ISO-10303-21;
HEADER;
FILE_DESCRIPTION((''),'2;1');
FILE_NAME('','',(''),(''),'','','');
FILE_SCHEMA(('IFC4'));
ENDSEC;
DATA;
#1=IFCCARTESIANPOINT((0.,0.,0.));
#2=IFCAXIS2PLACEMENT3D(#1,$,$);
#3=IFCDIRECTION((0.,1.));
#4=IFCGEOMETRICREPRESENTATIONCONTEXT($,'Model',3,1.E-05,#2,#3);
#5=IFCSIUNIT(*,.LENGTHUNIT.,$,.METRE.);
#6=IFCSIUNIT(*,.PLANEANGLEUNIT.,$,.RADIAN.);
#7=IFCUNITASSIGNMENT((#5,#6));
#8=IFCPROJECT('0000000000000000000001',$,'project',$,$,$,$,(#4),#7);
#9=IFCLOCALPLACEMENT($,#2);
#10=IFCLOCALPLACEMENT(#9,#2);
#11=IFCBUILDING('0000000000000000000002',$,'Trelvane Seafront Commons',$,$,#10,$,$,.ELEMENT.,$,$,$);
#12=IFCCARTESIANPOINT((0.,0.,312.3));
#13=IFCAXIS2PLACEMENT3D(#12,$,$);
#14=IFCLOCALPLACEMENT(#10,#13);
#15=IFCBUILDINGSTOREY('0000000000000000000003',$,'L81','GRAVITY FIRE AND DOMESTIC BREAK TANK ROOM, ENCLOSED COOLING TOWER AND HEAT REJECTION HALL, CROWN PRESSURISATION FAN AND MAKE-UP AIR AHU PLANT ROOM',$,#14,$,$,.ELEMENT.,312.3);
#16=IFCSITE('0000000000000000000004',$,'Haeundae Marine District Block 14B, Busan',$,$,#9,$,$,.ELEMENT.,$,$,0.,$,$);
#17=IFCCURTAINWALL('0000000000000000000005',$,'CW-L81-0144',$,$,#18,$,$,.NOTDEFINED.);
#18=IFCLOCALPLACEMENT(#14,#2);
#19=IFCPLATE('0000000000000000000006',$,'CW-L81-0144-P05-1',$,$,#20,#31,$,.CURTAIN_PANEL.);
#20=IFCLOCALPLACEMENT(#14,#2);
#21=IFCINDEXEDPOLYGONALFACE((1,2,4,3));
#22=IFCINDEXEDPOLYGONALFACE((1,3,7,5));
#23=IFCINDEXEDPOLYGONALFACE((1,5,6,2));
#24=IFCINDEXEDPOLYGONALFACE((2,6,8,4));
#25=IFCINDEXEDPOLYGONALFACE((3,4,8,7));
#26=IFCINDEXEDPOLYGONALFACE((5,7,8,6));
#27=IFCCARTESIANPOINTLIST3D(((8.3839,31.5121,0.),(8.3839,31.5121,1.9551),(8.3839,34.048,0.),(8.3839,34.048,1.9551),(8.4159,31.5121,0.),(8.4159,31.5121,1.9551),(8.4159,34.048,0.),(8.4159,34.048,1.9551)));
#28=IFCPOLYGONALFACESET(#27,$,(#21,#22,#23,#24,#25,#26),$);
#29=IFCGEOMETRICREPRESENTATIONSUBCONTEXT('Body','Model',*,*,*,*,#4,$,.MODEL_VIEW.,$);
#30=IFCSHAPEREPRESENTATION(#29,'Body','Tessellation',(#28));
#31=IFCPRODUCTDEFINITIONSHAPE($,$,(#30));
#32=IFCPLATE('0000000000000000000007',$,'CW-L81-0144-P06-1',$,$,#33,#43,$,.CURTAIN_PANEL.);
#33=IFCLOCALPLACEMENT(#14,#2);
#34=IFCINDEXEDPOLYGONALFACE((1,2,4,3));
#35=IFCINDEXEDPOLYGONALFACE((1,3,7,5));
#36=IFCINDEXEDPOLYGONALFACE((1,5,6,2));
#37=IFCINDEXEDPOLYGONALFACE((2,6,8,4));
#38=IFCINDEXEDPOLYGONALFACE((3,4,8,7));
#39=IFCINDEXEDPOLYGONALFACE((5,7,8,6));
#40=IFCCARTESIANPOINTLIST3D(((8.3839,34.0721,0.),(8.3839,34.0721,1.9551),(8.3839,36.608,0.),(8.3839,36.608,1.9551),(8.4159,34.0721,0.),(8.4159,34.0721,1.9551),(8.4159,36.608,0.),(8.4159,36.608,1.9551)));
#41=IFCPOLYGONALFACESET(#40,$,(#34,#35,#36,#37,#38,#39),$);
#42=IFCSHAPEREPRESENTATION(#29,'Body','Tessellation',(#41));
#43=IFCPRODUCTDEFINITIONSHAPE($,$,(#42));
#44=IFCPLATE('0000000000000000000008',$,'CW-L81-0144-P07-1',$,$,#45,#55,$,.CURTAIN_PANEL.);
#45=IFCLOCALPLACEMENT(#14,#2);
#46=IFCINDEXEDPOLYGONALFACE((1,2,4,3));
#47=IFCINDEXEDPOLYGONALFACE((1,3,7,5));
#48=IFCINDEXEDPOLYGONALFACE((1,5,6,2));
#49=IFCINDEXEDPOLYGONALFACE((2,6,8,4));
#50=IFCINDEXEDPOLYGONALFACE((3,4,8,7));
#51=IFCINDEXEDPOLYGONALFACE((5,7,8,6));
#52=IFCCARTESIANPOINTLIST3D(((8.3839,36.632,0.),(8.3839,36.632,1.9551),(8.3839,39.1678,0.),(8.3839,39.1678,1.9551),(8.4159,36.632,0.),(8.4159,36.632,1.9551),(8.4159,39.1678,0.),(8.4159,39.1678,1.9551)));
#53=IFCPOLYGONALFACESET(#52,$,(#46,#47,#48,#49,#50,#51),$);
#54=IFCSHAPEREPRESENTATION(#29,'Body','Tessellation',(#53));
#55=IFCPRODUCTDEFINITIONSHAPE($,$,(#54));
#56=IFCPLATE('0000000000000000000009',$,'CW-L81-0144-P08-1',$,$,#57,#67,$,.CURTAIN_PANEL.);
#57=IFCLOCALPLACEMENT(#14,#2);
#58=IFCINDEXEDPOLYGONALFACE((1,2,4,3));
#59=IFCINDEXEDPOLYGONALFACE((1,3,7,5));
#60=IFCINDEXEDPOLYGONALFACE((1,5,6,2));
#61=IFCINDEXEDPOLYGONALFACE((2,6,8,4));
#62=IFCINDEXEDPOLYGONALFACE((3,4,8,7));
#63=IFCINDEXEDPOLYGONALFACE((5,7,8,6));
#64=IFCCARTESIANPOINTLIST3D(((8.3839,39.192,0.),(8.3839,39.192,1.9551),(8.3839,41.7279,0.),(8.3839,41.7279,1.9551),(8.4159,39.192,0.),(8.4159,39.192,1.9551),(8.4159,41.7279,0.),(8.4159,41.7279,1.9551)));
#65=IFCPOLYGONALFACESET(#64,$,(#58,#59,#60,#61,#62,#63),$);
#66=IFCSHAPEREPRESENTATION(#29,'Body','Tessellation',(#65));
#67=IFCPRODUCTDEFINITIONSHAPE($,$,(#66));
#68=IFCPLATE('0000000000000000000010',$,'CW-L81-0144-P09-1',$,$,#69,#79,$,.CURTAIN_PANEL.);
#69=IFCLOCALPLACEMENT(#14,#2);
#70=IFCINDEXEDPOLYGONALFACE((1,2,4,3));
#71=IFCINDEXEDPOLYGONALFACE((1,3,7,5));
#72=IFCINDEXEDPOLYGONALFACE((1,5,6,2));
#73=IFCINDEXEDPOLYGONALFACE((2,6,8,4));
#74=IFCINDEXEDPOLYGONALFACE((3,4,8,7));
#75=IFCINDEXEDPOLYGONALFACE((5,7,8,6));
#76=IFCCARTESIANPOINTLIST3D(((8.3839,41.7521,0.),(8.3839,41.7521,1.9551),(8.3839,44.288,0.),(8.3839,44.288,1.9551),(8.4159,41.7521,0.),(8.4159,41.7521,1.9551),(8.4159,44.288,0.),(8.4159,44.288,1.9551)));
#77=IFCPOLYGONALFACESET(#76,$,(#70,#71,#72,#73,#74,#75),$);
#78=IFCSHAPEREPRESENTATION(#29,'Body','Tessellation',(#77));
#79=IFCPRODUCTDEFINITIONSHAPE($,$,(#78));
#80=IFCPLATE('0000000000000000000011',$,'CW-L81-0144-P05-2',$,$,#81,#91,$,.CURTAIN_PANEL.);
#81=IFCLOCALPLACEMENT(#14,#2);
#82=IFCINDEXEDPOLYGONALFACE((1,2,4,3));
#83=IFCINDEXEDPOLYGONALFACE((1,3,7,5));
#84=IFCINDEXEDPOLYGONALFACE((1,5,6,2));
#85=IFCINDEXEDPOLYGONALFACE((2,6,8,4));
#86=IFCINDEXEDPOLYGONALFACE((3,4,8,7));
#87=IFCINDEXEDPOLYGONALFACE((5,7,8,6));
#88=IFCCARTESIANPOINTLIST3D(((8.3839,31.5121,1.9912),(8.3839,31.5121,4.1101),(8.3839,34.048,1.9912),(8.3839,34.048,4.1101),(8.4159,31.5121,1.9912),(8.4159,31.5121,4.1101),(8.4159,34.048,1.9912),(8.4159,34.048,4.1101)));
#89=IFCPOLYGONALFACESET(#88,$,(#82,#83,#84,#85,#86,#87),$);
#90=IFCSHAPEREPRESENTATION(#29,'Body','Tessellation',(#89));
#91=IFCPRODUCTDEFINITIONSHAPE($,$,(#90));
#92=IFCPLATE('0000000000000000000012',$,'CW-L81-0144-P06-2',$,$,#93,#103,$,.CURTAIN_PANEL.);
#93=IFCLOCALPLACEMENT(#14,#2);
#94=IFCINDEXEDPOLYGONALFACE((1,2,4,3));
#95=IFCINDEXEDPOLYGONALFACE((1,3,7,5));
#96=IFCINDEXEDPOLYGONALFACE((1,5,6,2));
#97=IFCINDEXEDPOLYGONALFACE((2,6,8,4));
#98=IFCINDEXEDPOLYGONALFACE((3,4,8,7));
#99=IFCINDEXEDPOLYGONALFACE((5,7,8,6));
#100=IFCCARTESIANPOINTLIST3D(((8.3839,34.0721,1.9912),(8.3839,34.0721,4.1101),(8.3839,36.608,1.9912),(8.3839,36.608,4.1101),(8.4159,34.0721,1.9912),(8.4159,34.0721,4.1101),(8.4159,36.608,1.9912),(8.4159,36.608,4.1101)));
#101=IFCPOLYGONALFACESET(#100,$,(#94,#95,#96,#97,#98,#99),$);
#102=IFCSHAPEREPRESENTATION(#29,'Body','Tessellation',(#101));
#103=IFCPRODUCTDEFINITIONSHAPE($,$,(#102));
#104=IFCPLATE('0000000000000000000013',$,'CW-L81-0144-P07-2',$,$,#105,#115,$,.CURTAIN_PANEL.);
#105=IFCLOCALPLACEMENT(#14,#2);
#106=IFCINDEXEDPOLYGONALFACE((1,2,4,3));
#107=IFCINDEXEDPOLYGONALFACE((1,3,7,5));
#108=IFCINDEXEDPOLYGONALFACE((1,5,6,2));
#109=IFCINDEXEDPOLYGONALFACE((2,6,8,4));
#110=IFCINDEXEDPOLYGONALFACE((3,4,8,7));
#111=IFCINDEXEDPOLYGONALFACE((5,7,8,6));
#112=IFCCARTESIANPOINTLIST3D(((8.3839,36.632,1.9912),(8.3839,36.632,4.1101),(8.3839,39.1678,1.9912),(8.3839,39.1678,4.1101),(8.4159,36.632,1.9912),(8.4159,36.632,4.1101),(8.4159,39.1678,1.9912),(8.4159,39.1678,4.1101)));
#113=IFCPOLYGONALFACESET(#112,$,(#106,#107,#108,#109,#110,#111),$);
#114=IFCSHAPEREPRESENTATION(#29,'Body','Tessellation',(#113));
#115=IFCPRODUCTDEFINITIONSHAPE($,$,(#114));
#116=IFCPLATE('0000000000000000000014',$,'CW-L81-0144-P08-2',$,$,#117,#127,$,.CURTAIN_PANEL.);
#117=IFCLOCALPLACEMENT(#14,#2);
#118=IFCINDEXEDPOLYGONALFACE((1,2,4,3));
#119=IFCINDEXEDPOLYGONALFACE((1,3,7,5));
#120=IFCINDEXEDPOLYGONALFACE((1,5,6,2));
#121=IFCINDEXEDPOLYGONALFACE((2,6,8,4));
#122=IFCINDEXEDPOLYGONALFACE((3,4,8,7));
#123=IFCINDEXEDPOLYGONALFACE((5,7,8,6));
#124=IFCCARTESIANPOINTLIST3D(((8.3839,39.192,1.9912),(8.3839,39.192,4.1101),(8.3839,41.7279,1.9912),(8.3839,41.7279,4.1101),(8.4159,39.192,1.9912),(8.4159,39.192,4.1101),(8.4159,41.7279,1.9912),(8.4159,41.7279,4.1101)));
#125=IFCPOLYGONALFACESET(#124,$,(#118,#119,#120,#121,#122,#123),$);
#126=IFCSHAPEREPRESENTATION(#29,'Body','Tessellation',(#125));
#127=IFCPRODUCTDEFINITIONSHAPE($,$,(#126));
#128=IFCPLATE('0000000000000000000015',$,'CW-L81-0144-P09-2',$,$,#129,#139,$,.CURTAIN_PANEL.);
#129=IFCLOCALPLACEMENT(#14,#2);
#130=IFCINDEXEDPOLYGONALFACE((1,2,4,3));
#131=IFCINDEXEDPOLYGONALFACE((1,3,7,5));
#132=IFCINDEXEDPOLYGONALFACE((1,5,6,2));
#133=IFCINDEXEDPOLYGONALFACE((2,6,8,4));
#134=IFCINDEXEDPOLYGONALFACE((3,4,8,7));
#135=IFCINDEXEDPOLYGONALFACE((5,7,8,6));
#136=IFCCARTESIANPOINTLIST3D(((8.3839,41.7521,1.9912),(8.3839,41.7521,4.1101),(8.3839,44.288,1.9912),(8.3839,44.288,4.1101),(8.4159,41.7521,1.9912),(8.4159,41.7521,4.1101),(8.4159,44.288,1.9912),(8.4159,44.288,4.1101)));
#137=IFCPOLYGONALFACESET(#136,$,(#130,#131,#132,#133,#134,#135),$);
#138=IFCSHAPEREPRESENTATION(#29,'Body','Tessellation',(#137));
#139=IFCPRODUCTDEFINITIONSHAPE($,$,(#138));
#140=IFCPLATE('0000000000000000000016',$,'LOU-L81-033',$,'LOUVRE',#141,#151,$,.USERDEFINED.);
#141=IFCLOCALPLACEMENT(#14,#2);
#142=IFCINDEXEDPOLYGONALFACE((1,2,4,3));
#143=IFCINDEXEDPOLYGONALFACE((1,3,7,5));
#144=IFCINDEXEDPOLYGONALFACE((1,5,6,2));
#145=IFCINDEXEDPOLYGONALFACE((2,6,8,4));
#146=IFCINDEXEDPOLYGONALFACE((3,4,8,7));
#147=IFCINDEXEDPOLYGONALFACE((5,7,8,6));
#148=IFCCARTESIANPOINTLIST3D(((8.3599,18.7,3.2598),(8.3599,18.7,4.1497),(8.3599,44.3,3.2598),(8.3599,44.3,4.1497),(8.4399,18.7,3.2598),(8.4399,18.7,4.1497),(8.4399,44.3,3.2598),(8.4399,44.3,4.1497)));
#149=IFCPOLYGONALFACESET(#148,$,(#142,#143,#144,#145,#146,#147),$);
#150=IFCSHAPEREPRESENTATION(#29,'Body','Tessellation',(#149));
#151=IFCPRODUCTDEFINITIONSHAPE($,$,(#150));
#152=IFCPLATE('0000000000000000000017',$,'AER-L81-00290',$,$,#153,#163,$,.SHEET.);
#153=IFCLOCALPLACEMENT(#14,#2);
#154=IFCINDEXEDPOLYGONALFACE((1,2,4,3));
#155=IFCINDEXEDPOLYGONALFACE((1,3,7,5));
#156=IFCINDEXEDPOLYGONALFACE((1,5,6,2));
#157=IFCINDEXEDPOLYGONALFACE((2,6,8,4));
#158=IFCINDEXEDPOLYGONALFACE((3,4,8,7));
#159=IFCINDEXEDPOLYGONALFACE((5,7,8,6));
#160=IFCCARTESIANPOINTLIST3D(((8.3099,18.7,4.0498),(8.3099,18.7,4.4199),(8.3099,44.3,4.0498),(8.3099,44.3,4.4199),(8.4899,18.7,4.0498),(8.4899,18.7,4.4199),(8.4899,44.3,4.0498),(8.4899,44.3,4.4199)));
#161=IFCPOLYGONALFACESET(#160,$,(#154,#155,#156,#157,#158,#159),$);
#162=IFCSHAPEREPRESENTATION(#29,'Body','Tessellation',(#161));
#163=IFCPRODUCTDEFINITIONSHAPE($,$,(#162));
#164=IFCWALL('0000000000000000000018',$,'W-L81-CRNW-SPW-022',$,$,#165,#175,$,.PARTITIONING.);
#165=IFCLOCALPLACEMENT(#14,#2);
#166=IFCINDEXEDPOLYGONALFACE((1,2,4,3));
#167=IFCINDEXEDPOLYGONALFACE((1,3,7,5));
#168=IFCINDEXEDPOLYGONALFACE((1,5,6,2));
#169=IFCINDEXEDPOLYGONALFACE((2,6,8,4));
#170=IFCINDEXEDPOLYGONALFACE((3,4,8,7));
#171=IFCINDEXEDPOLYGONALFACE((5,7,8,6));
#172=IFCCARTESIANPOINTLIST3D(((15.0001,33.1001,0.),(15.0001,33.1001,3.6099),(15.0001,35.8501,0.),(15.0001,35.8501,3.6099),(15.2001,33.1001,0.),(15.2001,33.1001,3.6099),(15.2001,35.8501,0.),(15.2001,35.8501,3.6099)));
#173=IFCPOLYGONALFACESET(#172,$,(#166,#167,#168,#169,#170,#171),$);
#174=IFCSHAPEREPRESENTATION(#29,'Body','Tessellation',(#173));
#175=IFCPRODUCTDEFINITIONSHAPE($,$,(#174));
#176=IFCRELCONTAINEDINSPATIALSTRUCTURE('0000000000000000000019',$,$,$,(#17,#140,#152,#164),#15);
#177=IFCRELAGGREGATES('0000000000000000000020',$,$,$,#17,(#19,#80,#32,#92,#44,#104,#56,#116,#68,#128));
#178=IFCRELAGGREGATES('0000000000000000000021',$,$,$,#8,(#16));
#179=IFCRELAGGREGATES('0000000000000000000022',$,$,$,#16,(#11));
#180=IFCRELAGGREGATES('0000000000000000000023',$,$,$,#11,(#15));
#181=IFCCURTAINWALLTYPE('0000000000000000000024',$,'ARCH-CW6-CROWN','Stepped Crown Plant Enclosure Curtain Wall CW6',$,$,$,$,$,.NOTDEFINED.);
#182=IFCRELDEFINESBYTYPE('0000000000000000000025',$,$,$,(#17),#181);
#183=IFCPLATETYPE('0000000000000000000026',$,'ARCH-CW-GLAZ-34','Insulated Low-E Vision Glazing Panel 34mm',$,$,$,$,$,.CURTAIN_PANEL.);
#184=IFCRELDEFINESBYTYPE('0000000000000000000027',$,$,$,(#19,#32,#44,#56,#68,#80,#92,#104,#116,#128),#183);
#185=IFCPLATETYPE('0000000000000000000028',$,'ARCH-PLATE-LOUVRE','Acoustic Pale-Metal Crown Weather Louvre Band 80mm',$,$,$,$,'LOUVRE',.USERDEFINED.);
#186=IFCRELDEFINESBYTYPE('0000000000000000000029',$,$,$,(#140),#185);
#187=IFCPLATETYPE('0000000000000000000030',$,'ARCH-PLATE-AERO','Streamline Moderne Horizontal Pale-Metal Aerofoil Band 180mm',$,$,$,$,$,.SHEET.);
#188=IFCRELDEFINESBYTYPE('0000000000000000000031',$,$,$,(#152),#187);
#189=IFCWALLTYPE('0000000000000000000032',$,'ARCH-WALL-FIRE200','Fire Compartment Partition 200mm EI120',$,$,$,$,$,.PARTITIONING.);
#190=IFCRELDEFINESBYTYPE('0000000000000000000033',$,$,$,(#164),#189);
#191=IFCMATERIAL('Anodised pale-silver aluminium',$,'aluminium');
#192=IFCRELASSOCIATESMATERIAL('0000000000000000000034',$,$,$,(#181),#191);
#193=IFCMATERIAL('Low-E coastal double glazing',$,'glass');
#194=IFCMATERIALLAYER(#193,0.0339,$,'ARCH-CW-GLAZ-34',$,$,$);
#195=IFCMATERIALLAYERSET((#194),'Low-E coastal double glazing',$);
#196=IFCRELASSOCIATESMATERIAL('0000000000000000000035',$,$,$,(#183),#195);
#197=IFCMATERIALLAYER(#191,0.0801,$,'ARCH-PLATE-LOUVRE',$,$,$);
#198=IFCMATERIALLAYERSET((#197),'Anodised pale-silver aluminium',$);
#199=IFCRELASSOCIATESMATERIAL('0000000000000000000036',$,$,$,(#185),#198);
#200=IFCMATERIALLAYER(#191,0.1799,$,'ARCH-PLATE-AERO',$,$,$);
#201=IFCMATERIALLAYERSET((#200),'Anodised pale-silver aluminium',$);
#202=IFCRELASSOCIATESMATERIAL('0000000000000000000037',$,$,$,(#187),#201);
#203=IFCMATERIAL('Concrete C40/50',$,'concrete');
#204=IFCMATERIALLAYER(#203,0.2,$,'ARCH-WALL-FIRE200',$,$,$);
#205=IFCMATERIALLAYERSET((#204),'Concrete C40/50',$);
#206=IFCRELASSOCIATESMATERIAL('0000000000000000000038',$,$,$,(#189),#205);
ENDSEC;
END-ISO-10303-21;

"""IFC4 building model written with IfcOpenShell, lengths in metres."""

from ifc_helpers import new_model, si_unit, direction, frame, frame_2d, origin, origin_2d, place, context, subcontext, project, spatial, rectangle, extrude, source, transform, mapped, material, layer, layer_set, type_object, element, aggregate, save


model = new_model("IFC4")

# Units and contexts
model_context = context("Model", 3, precision=1e-05, world=origin(), true_north=direction((0.0, 1.0)))
body_context = subcontext(model_context, "Body", "Model", "MODEL_VIEW")
ifc_project = project(units=[si_unit("LENGTHUNIT", "METRE"), si_unit("PLANEANGLEUNIT", "RADIAN")], contexts=[model_context])

# Site, building, storey
site_placement = place(None, origin())
site = spatial("IfcSite", under=ifc_project, at=site_placement, Name="Haeundae Marine District Block 14B, Busan", CompositionType="ELEMENT", RefElevation=0.0)
building_placement = place(site_placement, origin())
building = spatial("IfcBuilding", under=site, at=building_placement, Name="Trelvane Seafront Commons", CompositionType="ELEMENT")
storey_placement = place(building_placement, frame((0.0, 0.0, 312.3)))
storey = spatial("IfcBuildingStorey", under=building, at=storey_placement, Name="L81", Description="GRAVITY FIRE AND DOMESTIC BREAK TANK ROOM, ENCLOSED COOLING TOWER AND HEAT REJECTION HALL, CROWN PRESSURISATION FAN AND MAKE-UP AIR AHU PLANT ROOM", CompositionType="ELEMENT", Elevation=312.3)

# Curtain wall
ifc_material_1 = material(Name="Anodised pale-silver aluminium", Category="aluminium")
curtain_wall_type = type_object("IfcCurtainWallType", Name="ARCH-CW6-CROWN", Description="Stepped Crown Plant Enclosure Curtain Wall CW6", PredefinedType="NOTDEFINED", material=ifc_material_1)
curtain_wall_placement = place(storey_placement, origin())
curtain_wall = element("IfcCurtainWall", 1, at=curtain_wall_placement, inside=storey, type_object=curtain_wall_type, Name="CW-L81-0144", PredefinedType="NOTDEFINED")

# Plates
ifc_material_2 = material(Name="Low-E coastal double glazing", Category="glass")
ifc_layer_1 = layer(ifc_material_2, 0.0339, Name="ARCH-CW-GLAZ-34")
ifc_layer_set_1 = layer_set([ifc_layer_1], Name="Low-E coastal double glazing")
plate_type_1 = type_object("IfcPlateType", Name="ARCH-CW-GLAZ-34", Description="Insulated Low-E Vision Glazing Panel 34mm", PredefinedType="CURTAIN_PANEL", material=ifc_layer_set_1)
shared_shape_1 = source(origin(), body_context, "Body", "SweptSolid", [
    extrude(rectangle(XDim=2.5359, YDim=0.032, at=origin_2d()), origin(), (0.0, 0.0, 1.0), 1.9551),
])
plate_1_placement = place(storey_placement, frame((8.3999, 32.78, 0.0), z_axis=(0.0, 0.0, 1.0), x_axis=(0.0, 1.0, 0.0)))
plate_1 = element("IfcPlate", 2, at=plate_1_placement, type_object=plate_type_1, Name="CW-L81-0144-P05-1", PredefinedType="CURTAIN_PANEL", context=body_context, shape_type="MappedRepresentation", body=[
    mapped(shared_shape_1, transform((0.0, 0.0, 0.0), x_axis=(1.0, 0.0, 0.0), y_axis=(0.0, 1.0, 0.0), z_axis=(0.0, 0.0, 1.0), scale=1.0)),
])
plate_2_placement = place(storey_placement, frame((8.3999, 35.3401, 0.0), z_axis=(0.0, 0.0, 1.0), x_axis=(0.0, 1.0, 0.0)))
plate_2 = element("IfcPlate", 3, at=plate_2_placement, type_object=plate_type_1, Name="CW-L81-0144-P06-1", PredefinedType="CURTAIN_PANEL", context=body_context, shape_type="MappedRepresentation", body=[
    mapped(shared_shape_1, transform((0.0, 0.0, 0.0), x_axis=(1.0, 0.0, 0.0), y_axis=(0.0, 1.0, 0.0), z_axis=(0.0, 0.0, 1.0), scale=1.0)),
])
plate_3_placement = place(storey_placement, frame((8.3999, 37.8999, 0.0), z_axis=(0.0, 0.0, 1.0), x_axis=(0.0, 1.0, 0.0)))
plate_3 = element("IfcPlate", 4, at=plate_3_placement, type_object=plate_type_1, Name="CW-L81-0144-P07-1", PredefinedType="CURTAIN_PANEL", context=body_context, shape_type="MappedRepresentation", body=[
    mapped(shared_shape_1, transform((0.0, 0.0, 0.0), x_axis=(1.0, 0.0, 0.0), y_axis=(0.0, 1.0, 0.0), z_axis=(0.0, 0.0, 1.0), scale=1.0)),
])
plate_4_placement = place(storey_placement, frame((8.3999, 40.46, 0.0), z_axis=(0.0, 0.0, 1.0), x_axis=(0.0, 1.0, 0.0)))
plate_4 = element("IfcPlate", 5, at=plate_4_placement, type_object=plate_type_1, Name="CW-L81-0144-P08-1", PredefinedType="CURTAIN_PANEL", context=body_context, shape_type="MappedRepresentation", body=[
    mapped(shared_shape_1, transform((0.0, 0.0, 0.0), x_axis=(1.0, 0.0, 0.0), y_axis=(0.0, 1.0, 0.0), z_axis=(0.0, 0.0, 1.0), scale=1.0)),
])
plate_5_placement = place(storey_placement, frame((8.3999, 43.02, 0.0), z_axis=(0.0, 0.0, 1.0), x_axis=(0.0, 1.0, 0.0)))
plate_5 = element("IfcPlate", 6, at=plate_5_placement, type_object=plate_type_1, Name="CW-L81-0144-P09-1", PredefinedType="CURTAIN_PANEL", context=body_context, shape_type="MappedRepresentation", body=[
    mapped(shared_shape_1, transform((0.0, 0.0, 0.0), x_axis=(1.0, 0.0, 0.0), y_axis=(0.0, 1.0, 0.0), z_axis=(0.0, 0.0, 1.0), scale=1.0)),
])
shared_shape_2 = source(origin(), body_context, "Body", "SweptSolid", [
    extrude(rectangle(XDim=2.5359, YDim=0.032, at=origin_2d()), origin(), (0.0, 0.0, 1.0), 2.1189),
])
plate_6_placement = place(storey_placement, frame((8.3999, 32.78, 1.9912), z_axis=(0.0, 0.0, 1.0), x_axis=(0.0, 1.0, 0.0)))
plate_6 = element("IfcPlate", 7, at=plate_6_placement, type_object=plate_type_1, Name="CW-L81-0144-P05-2", PredefinedType="CURTAIN_PANEL", context=body_context, shape_type="MappedRepresentation", body=[
    mapped(shared_shape_2, transform((0.0, 0.0, 0.0), x_axis=(1.0, 0.0, 0.0), y_axis=(0.0, 1.0, 0.0), z_axis=(0.0, 0.0, 1.0), scale=1.0)),
])
plate_7_placement = place(storey_placement, frame((8.3999, 35.3401, 1.9912), z_axis=(0.0, 0.0, 1.0), x_axis=(0.0, 1.0, 0.0)))
plate_7 = element("IfcPlate", 8, at=plate_7_placement, type_object=plate_type_1, Name="CW-L81-0144-P06-2", PredefinedType="CURTAIN_PANEL", context=body_context, shape_type="MappedRepresentation", body=[
    mapped(shared_shape_2, transform((0.0, 0.0, 0.0), x_axis=(1.0, 0.0, 0.0), y_axis=(0.0, 1.0, 0.0), z_axis=(0.0, 0.0, 1.0), scale=1.0)),
])
plate_8_placement = place(storey_placement, frame((8.3999, 37.8999, 1.9912), z_axis=(0.0, 0.0, 1.0), x_axis=(0.0, 1.0, 0.0)))
plate_8 = element("IfcPlate", 9, at=plate_8_placement, type_object=plate_type_1, Name="CW-L81-0144-P07-2", PredefinedType="CURTAIN_PANEL", context=body_context, shape_type="MappedRepresentation", body=[
    mapped(shared_shape_2, transform((0.0, 0.0, 0.0), x_axis=(1.0, 0.0, 0.0), y_axis=(0.0, 1.0, 0.0), z_axis=(0.0, 0.0, 1.0), scale=1.0)),
])
plate_9_placement = place(storey_placement, frame((8.3999, 40.46, 1.9912), z_axis=(0.0, 0.0, 1.0), x_axis=(0.0, 1.0, 0.0)))
plate_9 = element("IfcPlate", 10, at=plate_9_placement, type_object=plate_type_1, Name="CW-L81-0144-P08-2", PredefinedType="CURTAIN_PANEL", context=body_context, shape_type="MappedRepresentation", body=[
    mapped(shared_shape_2, transform((0.0, 0.0, 0.0), x_axis=(1.0, 0.0, 0.0), y_axis=(0.0, 1.0, 0.0), z_axis=(0.0, 0.0, 1.0), scale=1.0)),
])
plate_10_placement = place(storey_placement, frame((8.3999, 43.02, 1.9912), z_axis=(0.0, 0.0, 1.0), x_axis=(0.0, 1.0, 0.0)))
plate_10 = element("IfcPlate", 11, at=plate_10_placement, type_object=plate_type_1, Name="CW-L81-0144-P09-2", PredefinedType="CURTAIN_PANEL", context=body_context, shape_type="MappedRepresentation", body=[
    mapped(shared_shape_2, transform((0.0, 0.0, 0.0), x_axis=(1.0, 0.0, 0.0), y_axis=(0.0, 1.0, 0.0), z_axis=(0.0, 0.0, 1.0), scale=1.0)),
])
aggregate(curtain_wall, [plate_1, plate_6, plate_2, plate_7, plate_3, plate_8, plate_4, plate_9, plate_5, plate_10])

# Plates
ifc_layer_2 = layer(ifc_material_1, 0.0801, Name="ARCH-PLATE-LOUVRE")
ifc_layer_set_2 = layer_set([ifc_layer_2], Name="Anodised pale-silver aluminium")
plate_type_2 = type_object("IfcPlateType", Name="ARCH-PLATE-LOUVRE", Description="Acoustic Pale-Metal Crown Weather Louvre Band 80mm", ElementType="LOUVRE", PredefinedType="USERDEFINED", material=ifc_layer_set_2)
shared_shape_3 = source(origin(), body_context, "Body", "SweptSolid", [
    extrude(rectangle(XDim=25.6001, YDim=0.0801, at=origin_2d()), origin(), (0.0, 0.0, 1.0), 0.8899),
])
plate_11_placement = place(storey_placement, frame((8.3999, 31.5, 3.2598), z_axis=(0.0, 0.0, 1.0), x_axis=(0.0, 1.0, 0.0)))
element("IfcPlate", 12, at=plate_11_placement, inside=storey, type_object=plate_type_2, Name="LOU-L81-033", ObjectType="LOUVRE", PredefinedType="USERDEFINED", context=body_context, shape_type="MappedRepresentation", body=[
    mapped(shared_shape_3, transform((0.0, 0.0, 0.0), x_axis=(1.0, 0.0, 0.0), y_axis=(0.0, 1.0, 0.0), z_axis=(0.0, 0.0, 1.0), scale=1.0)),
])
ifc_layer_3 = layer(ifc_material_1, 0.1799, Name="ARCH-PLATE-AERO")
ifc_layer_set_3 = layer_set([ifc_layer_3], Name="Anodised pale-silver aluminium")
plate_type_3 = type_object("IfcPlateType", Name="ARCH-PLATE-AERO", Description="Streamline Moderne Horizontal Pale-Metal Aerofoil Band 180mm", PredefinedType="SHEET", material=ifc_layer_set_3)
shared_shape_4 = source(origin(), body_context, "Body", "SweptSolid", [
    extrude(rectangle(XDim=25.6001, YDim=0.1799, at=origin_2d()), origin(), (0.0, 0.0, 1.0), 0.3701),
])
plate_12_placement = place(storey_placement, frame((8.3999, 31.5, 4.0498), z_axis=(0.0, 0.0, 1.0), x_axis=(0.0, 1.0, 0.0)))
element("IfcPlate", 13, at=plate_12_placement, inside=storey, type_object=plate_type_3, Name="AER-L81-00290", PredefinedType="SHEET", context=body_context, shape_type="MappedRepresentation", body=[
    mapped(shared_shape_4, transform((0.0, 0.0, 0.0), x_axis=(1.0, 0.0, 0.0), y_axis=(0.0, 1.0, 0.0), z_axis=(0.0, 0.0, 1.0), scale=1.0)),
])

# Shared definitions
ifc_material_3 = material(Name="Concrete C40/50", Category="concrete")
ifc_layer_4 = layer(ifc_material_3, 0.2, Name="ARCH-WALL-FIRE200")
ifc_layer_set_4 = layer_set([ifc_layer_4], Name="Concrete C40/50")
wall_type_1 = type_object("IfcWallType", Name="ARCH-WALL-FIRE200", Description="Fire Compartment Partition 200mm EI120", PredefinedType="PARTITIONING", material=ifc_layer_set_4)

# Wall
wall_1_placement = place(storey_placement, frame((15.1001, 33.1001, 0.0), z_axis=(0.0, 0.0, 1.0), x_axis=(0.0, 1.0, 0.0)))
element("IfcWall", 14, at=wall_1_placement, inside=storey, type_object=wall_type_1, Name="W-L81-CRNW-SPW-022", PredefinedType="PARTITIONING", context=body_context, shape_type="SweptSolid", body=[
    extrude(rectangle(XDim=2.75, YDim=0.2, at=frame_2d((1.375, 0.0))), origin(), (0.0, 0.0, 1.0), 3.6099),
])

save(model, "model.ifc")
